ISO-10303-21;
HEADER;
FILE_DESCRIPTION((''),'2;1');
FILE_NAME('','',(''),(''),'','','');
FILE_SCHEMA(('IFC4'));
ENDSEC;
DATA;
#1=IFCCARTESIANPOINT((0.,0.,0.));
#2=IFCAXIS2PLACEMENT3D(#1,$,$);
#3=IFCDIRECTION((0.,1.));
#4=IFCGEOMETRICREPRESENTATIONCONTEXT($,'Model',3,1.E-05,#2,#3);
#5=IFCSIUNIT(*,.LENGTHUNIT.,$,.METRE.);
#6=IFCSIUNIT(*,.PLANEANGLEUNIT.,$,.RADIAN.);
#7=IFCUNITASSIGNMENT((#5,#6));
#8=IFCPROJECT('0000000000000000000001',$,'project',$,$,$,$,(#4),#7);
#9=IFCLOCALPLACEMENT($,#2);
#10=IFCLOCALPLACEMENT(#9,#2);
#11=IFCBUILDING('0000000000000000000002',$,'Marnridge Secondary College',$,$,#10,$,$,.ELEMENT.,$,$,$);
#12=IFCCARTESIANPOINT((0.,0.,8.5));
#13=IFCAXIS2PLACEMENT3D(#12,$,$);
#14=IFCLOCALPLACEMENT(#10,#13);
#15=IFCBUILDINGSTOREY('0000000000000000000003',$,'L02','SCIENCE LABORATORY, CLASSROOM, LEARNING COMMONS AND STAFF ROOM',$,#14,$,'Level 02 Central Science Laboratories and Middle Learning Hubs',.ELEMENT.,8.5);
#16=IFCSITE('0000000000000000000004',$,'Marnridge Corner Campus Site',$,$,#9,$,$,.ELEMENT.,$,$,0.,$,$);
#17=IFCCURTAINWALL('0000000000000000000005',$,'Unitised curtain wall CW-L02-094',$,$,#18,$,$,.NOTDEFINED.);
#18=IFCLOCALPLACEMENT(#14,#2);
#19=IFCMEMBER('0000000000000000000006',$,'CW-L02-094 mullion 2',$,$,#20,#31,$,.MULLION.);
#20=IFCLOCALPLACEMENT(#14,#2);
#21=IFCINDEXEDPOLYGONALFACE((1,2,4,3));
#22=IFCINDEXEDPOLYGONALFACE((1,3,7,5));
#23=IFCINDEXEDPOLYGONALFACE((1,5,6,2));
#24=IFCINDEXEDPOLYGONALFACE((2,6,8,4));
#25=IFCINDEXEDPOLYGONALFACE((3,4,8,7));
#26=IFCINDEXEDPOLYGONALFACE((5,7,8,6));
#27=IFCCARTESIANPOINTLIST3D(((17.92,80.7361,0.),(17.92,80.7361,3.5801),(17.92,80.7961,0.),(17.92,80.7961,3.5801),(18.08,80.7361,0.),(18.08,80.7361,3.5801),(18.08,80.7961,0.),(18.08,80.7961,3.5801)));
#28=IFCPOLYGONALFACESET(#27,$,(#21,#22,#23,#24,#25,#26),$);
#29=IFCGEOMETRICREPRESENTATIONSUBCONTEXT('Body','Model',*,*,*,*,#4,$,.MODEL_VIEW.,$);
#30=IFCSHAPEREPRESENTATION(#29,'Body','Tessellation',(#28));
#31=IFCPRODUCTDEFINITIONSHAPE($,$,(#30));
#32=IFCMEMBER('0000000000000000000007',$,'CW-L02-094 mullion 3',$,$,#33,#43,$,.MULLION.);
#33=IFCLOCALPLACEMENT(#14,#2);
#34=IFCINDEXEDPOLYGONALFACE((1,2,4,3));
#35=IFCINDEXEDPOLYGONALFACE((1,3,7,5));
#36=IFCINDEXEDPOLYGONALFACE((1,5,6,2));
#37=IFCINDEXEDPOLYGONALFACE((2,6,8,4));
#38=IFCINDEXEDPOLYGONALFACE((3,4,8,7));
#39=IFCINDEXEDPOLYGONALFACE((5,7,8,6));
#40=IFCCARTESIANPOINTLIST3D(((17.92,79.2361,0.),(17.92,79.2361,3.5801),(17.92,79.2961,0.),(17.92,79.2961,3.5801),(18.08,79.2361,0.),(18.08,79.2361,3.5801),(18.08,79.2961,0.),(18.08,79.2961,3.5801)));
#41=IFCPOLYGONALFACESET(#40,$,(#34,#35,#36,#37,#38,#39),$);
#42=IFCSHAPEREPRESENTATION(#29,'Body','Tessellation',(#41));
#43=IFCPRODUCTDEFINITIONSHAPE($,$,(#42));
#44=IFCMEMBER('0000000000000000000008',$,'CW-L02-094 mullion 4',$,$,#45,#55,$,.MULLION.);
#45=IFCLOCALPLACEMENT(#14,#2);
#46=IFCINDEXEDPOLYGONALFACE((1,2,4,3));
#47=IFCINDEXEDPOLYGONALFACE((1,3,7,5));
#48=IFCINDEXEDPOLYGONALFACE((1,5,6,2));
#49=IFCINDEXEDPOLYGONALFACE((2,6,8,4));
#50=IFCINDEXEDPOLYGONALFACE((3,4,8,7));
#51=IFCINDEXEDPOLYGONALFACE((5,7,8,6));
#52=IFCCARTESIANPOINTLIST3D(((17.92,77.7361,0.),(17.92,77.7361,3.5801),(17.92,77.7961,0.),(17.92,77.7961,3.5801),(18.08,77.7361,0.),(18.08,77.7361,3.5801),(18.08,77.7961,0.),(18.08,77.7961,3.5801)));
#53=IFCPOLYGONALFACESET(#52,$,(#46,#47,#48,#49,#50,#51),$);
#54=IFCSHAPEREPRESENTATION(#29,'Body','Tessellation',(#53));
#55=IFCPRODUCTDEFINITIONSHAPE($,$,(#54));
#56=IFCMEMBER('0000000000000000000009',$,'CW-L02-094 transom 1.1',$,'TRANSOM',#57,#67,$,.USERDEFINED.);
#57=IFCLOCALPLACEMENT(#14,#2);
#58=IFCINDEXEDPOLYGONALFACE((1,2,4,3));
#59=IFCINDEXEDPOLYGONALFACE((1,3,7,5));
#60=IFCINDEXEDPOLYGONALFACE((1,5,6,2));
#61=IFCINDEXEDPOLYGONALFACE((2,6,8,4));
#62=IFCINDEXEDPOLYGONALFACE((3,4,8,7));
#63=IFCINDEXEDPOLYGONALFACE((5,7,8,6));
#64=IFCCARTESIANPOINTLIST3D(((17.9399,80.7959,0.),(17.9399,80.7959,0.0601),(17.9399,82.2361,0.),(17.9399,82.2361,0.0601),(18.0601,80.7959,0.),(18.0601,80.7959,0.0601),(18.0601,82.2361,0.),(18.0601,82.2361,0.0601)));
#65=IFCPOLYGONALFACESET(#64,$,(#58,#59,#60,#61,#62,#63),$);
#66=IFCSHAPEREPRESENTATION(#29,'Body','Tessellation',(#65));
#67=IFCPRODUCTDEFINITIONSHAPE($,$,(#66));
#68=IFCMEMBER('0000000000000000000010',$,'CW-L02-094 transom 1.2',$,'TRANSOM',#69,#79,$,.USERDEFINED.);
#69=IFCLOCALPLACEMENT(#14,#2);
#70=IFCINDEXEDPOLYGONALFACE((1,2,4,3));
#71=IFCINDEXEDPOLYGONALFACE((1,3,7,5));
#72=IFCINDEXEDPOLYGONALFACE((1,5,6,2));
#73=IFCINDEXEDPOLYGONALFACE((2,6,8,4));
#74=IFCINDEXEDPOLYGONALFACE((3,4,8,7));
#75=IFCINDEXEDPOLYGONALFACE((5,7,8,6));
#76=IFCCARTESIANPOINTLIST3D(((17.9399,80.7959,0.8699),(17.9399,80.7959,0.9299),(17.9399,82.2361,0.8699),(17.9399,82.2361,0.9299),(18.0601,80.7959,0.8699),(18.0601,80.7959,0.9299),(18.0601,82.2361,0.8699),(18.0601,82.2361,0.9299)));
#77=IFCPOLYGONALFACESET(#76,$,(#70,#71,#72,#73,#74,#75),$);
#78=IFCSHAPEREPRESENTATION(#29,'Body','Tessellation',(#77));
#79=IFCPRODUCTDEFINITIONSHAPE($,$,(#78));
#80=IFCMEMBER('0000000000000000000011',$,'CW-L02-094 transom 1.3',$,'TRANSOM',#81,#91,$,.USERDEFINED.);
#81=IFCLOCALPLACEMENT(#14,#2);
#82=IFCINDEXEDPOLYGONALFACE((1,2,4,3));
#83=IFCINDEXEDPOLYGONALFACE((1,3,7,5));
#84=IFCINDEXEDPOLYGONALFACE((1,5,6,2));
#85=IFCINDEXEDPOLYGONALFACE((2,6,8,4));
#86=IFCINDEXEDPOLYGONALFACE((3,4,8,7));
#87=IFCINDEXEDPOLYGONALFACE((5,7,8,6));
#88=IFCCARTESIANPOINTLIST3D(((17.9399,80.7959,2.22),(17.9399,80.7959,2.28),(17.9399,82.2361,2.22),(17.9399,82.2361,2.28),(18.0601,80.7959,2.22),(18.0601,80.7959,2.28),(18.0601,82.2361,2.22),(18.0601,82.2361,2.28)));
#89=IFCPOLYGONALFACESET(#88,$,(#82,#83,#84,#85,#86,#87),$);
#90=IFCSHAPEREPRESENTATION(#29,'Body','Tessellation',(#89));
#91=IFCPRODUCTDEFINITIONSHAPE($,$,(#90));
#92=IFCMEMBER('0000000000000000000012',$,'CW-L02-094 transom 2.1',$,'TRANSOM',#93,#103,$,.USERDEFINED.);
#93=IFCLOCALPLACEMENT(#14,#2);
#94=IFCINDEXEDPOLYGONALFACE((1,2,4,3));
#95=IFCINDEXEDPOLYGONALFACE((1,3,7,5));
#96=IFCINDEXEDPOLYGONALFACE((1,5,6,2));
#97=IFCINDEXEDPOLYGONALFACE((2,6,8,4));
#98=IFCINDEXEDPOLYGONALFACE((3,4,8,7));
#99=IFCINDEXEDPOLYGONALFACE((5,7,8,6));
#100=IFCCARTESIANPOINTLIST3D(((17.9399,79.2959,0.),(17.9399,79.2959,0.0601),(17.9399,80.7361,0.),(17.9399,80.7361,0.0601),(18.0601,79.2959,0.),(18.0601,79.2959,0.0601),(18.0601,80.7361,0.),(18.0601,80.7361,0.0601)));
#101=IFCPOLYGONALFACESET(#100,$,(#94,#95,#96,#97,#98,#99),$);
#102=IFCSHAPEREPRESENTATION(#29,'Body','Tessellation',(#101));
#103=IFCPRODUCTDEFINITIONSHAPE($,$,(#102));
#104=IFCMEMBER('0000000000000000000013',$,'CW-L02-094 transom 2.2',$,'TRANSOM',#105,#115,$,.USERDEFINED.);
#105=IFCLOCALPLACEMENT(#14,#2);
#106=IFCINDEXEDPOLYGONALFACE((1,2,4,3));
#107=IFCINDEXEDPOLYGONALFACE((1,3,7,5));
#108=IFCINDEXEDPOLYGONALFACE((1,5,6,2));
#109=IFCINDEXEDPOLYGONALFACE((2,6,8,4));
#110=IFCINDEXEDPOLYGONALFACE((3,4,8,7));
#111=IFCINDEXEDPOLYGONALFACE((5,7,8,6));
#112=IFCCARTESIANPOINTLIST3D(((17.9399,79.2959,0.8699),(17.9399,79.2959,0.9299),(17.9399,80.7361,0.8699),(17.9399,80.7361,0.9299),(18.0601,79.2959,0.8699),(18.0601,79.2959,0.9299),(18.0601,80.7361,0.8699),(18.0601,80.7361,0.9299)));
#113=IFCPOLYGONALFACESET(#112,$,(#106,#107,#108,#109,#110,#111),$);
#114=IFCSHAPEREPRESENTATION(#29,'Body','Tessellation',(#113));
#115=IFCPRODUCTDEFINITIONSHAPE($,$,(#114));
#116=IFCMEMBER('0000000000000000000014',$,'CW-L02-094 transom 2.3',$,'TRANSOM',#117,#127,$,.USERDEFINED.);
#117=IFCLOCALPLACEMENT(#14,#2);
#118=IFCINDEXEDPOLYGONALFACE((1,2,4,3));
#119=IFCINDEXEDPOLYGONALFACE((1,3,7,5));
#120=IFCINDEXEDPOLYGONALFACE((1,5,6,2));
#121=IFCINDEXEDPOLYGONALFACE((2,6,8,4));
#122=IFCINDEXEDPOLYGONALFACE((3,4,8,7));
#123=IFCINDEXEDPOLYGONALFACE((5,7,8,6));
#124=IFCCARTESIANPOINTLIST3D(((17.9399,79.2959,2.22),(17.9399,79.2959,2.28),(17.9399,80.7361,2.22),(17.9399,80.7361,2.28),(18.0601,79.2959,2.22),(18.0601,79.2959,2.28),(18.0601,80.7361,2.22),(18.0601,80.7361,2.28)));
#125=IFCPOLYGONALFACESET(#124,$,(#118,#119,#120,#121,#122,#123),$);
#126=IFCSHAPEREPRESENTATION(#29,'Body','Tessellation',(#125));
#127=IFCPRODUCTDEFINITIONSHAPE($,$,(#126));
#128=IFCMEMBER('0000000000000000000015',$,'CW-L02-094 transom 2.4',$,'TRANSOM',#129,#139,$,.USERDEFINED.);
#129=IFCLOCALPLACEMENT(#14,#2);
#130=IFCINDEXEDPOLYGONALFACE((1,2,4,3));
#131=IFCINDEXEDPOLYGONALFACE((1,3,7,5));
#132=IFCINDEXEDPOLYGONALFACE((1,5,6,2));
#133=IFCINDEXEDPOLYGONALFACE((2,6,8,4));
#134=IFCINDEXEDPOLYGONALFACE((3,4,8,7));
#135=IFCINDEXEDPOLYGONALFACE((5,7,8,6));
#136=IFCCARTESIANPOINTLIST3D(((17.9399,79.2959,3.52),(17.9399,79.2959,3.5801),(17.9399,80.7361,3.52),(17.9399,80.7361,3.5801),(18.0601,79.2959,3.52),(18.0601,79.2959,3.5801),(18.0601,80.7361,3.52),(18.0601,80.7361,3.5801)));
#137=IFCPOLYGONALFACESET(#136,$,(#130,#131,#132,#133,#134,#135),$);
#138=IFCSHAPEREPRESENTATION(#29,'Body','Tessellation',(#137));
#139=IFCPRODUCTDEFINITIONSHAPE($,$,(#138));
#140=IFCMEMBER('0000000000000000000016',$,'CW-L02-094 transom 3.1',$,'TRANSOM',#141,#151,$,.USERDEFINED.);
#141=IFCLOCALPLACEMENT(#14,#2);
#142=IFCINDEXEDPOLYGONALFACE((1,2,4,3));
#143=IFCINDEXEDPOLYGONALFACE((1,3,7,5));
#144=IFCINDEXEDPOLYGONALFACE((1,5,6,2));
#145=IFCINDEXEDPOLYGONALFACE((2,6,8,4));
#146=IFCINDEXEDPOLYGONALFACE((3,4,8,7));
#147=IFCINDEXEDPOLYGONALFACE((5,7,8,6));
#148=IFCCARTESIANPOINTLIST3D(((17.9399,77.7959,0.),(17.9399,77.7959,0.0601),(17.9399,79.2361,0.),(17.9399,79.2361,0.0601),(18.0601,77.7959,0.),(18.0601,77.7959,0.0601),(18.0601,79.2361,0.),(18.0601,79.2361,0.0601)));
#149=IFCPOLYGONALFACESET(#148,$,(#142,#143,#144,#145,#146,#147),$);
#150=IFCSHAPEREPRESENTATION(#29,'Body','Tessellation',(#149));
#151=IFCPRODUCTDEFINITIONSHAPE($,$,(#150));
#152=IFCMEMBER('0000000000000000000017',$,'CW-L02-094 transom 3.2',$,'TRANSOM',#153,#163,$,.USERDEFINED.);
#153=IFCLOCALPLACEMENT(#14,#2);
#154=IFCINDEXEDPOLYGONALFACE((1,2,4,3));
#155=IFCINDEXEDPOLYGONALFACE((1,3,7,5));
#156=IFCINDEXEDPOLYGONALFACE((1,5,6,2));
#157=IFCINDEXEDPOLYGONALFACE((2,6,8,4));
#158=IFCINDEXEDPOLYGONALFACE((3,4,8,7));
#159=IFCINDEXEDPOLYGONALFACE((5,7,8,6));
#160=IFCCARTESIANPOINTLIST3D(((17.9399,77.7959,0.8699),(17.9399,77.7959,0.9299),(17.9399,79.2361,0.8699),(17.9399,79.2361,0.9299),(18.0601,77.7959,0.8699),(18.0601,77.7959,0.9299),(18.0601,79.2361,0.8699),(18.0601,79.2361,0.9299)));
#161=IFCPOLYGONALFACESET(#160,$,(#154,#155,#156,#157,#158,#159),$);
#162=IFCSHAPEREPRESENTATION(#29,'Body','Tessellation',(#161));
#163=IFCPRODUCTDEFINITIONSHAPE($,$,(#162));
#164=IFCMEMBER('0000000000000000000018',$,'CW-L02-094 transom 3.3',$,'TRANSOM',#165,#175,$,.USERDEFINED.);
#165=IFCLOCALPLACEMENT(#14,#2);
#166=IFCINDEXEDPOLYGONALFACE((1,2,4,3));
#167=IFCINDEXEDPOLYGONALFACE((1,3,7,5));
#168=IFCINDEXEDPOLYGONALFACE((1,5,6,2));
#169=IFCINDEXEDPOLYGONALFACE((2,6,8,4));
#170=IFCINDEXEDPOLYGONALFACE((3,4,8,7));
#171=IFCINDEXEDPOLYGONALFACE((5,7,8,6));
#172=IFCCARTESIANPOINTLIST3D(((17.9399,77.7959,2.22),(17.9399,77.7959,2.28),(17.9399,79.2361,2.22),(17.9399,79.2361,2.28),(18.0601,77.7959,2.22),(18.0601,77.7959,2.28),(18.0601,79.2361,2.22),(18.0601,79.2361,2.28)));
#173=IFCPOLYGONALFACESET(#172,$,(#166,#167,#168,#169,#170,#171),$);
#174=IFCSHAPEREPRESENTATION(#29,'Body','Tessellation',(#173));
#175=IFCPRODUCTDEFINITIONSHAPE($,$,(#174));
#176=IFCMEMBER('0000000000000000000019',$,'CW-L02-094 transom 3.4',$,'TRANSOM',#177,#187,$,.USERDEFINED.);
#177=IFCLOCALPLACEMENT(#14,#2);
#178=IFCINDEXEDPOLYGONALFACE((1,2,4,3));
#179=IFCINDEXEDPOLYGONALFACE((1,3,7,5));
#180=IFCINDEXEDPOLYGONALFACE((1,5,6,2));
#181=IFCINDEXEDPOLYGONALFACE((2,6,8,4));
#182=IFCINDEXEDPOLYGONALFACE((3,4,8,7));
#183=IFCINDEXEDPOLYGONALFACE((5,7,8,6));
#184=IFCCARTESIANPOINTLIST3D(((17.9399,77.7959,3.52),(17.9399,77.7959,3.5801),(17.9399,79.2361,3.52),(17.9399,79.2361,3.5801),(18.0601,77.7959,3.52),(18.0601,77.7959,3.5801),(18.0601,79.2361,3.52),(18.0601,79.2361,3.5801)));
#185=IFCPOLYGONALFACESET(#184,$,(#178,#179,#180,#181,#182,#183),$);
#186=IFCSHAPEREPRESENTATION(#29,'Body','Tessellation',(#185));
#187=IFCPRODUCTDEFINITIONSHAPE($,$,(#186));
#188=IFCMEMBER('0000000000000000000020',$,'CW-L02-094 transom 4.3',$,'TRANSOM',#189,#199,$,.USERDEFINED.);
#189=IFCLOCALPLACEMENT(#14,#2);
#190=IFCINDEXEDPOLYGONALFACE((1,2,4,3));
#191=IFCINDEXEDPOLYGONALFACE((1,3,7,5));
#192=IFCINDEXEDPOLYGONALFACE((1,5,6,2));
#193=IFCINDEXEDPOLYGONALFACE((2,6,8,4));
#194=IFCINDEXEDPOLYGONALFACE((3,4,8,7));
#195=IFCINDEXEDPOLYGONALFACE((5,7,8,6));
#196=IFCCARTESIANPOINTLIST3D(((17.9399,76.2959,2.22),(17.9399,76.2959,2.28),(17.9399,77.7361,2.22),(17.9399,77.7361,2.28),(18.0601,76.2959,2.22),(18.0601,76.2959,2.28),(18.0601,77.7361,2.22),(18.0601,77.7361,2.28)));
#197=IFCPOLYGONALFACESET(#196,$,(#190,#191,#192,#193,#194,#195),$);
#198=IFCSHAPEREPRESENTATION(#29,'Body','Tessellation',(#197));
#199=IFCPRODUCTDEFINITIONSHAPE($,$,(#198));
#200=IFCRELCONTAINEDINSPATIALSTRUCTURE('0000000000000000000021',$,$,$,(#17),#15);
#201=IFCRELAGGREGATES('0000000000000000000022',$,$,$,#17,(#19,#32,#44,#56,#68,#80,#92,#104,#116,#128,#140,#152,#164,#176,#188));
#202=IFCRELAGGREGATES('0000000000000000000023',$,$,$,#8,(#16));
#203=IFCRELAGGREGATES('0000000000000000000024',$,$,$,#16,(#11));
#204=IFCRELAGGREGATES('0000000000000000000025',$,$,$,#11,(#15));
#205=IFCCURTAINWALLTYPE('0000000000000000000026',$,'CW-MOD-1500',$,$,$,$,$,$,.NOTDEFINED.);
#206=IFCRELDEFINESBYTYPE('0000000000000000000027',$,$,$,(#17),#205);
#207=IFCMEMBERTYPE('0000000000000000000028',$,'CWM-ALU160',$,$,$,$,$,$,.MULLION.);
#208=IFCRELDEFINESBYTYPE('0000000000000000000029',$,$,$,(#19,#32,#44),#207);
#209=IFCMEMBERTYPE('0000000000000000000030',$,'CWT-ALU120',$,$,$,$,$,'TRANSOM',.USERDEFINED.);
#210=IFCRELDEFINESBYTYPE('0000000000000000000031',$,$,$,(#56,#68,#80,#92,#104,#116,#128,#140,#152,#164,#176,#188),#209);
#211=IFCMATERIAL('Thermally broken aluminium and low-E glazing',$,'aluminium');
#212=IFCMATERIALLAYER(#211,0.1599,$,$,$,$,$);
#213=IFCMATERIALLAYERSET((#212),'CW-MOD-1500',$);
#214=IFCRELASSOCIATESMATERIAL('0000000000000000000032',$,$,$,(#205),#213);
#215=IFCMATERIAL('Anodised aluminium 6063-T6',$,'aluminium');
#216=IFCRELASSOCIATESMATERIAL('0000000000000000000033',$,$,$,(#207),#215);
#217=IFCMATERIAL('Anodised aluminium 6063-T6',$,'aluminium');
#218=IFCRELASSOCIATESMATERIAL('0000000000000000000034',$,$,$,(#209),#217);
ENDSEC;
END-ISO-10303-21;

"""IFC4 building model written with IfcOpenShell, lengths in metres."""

from ifc_helpers import new_model, si_unit, direction, frame, origin, origin_2d, place, context, subcontext, project, spatial, rectangle, extrude, material, layer, layer_set, material_profile, profile_set, type_object, element, aggregate, save


model = new_model("IFC4")

# Units and contexts
model_context = context("Model", 3, precision=1e-05, world=origin(), true_north=direction((0.0, 1.0)))
body_context = subcontext(model_context, "Body", "Model", "MODEL_VIEW")
ifc_project = project(units=[si_unit("LENGTHUNIT", "METRE"), si_unit("PLANEANGLEUNIT", "RADIAN")], contexts=[model_context])

# Site, building, storey
site_placement = place(None, origin())
site = spatial("IfcSite", under=ifc_project, at=site_placement, Name="Marnridge Corner Campus Site", CompositionType="ELEMENT", RefElevation=0.0)
building_placement = place(site_placement, origin())
building = spatial("IfcBuilding", under=site, at=building_placement, Name="Marnridge Secondary College", CompositionType="ELEMENT")
storey_placement = place(building_placement, frame((0.0, 0.0, 8.5)))
storey = spatial("IfcBuildingStorey", under=building, at=storey_placement, Name="L02", Description="SCIENCE LABORATORY, CLASSROOM, LEARNING COMMONS AND STAFF ROOM", LongName="Level 02 Central Science Laboratories and Middle Learning Hubs", CompositionType="ELEMENT", Elevation=8.5)

# Curtain wall, members
ifc_material_1 = material(Name="Thermally broken aluminium and low-E glazing", Category="aluminium")
ifc_layer_1 = layer(ifc_material_1, 0.1599)
ifc_layer_set_1 = layer_set([ifc_layer_1], Name="CW-MOD-1500")
curtain_wall_type = type_object("IfcCurtainWallType", Name="CW-MOD-1500", PredefinedType="NOTDEFINED", material=ifc_layer_set_1)
curtain_wall_placement = place(storey_placement, origin())
curtain_wall = element("IfcCurtainWall", 1, at=curtain_wall_placement, inside=storey, type_object=curtain_wall_type, Name="Unitised curtain wall CW-L02-094", PredefinedType="NOTDEFINED")
ifc_material_2 = material(Name="Anodised aluminium 6063-T6", Category="aluminium")
ifc_material_profile_1 = material_profile(ifc_material_2, rectangle(XDim=0.0601, YDim=0.1599, at=origin_2d()), Name="ALU 60x160")
ifc_profile_set_1 = profile_set([ifc_material_profile_1], Name="Anodised aluminium 6063-T6")
member_type_1 = type_object("IfcMemberType", Name="CWM-ALU160", PredefinedType="MULLION", material=ifc_profile_set_1)
member_1_placement = place(storey_placement, frame((18.0, 80.7661, 0.0), z_axis=(0.0, 0.0, 1.0), x_axis=(0.0, -1.0, 0.0)))
member_1 = element("IfcMember", 2, at=member_1_placement, type_object=member_type_1, Name="CW-L02-094 mullion 2", PredefinedType="MULLION", context=body_context, shape_type="SweptSolid", body=[
    extrude(rectangle(XDim=0.0601, YDim=0.1599, at=origin_2d()), origin(), (0.0, 0.0, 1.0), 3.5801),
])
member_2_placement = place(storey_placement, frame((18.0, 79.2661, 0.0), z_axis=(0.0, 0.0, 1.0), x_axis=(0.0, -1.0, 0.0)))
member_2 = element("IfcMember", 3, at=member_2_placement, type_object=member_type_1, Name="CW-L02-094 mullion 3", PredefinedType="MULLION", context=body_context, shape_type="SweptSolid", body=[
    extrude(rectangle(XDim=0.0601, YDim=0.1599, at=origin_2d()), origin(), (0.0, 0.0, 1.0), 3.5801),
])
member_3_placement = place(storey_placement, frame((18.0, 77.7661, 0.0), z_axis=(0.0, 0.0, 1.0), x_axis=(0.0, -1.0, 0.0)))
member_3 = element("IfcMember", 4, at=member_3_placement, type_object=member_type_1, Name="CW-L02-094 mullion 4", PredefinedType="MULLION", context=body_context, shape_type="SweptSolid", body=[
    extrude(rectangle(XDim=0.0601, YDim=0.1599, at=origin_2d()), origin(), (0.0, 0.0, 1.0), 3.5801),
])
ifc_material_3 = material(Name="Anodised aluminium 6063-T6", Category="aluminium")
ifc_material_profile_2 = material_profile(ifc_material_3, rectangle(XDim=0.0601, YDim=0.1201, at=origin_2d()), Name="ALU 60x120")
ifc_profile_set_2 = profile_set([ifc_material_profile_2], Name="Anodised aluminium 6063-T6")
member_type_2 = type_object("IfcMemberType", Name="CWT-ALU120", ElementType="TRANSOM", PredefinedType="USERDEFINED", material=ifc_profile_set_2)
member_4_placement = place(storey_placement, frame((18.0, 82.2361, 0.03), z_axis=(0.0, -1.0, 0.0), x_axis=(0.0, 0.0, 1.0)))
member_4 = element("IfcMember", 5, at=member_4_placement, type_object=member_type_2, Name="CW-L02-094 transom 1.1", ObjectType="TRANSOM", PredefinedType="USERDEFINED", context=body_context, shape_type="SweptSolid", body=[
    extrude(rectangle(XDim=0.0601, YDim=0.1201, at=origin_2d()), origin(), (0.0, 0.0, 1.0), 1.4402),
])
member_5_placement = place(storey_placement, frame((18.0, 82.2361, 0.8999), z_axis=(0.0, -1.0, 0.0), x_axis=(0.0, 0.0, 1.0)))
member_5 = element("IfcMember", 6, at=member_5_placement, type_object=member_type_2, Name="CW-L02-094 transom 1.2", ObjectType="TRANSOM", PredefinedType="USERDEFINED", context=body_context, shape_type="SweptSolid", body=[
    extrude(rectangle(XDim=0.0601, YDim=0.1201, at=origin_2d()), origin(), (0.0, 0.0, 1.0), 1.4402),
])
member_6_placement = place(storey_placement, frame((18.0, 82.2361, 2.25), z_axis=(0.0, -1.0, 0.0), x_axis=(0.0, 0.0, 1.0)))
member_6 = element("IfcMember", 7, at=member_6_placement, type_object=member_type_2, Name="CW-L02-094 transom 1.3", ObjectType="TRANSOM", PredefinedType="USERDEFINED", context=body_context, shape_type="SweptSolid", body=[
    extrude(rectangle(XDim=0.0601, YDim=0.1201, at=origin_2d()), origin(), (0.0, 0.0, 1.0), 1.4402),
])
member_7_placement = place(storey_placement, frame((18.0, 80.7361, 0.03), z_axis=(0.0, -1.0, 0.0), x_axis=(0.0, 0.0, 1.0)))
member_7 = element("IfcMember", 8, at=member_7_placement, type_object=member_type_2, Name="CW-L02-094 transom 2.1", ObjectType="TRANSOM", PredefinedType="USERDEFINED", context=body_context, shape_type="SweptSolid", body=[
    extrude(rectangle(XDim=0.0601, YDim=0.1201, at=origin_2d()), origin(), (0.0, 0.0, 1.0), 1.4402),
])
member_8_placement = place(storey_placement, frame((18.0, 80.7361, 0.8999), z_axis=(0.0, -1.0, 0.0), x_axis=(0.0, 0.0, 1.0)))
member_8 = element("IfcMember", 9, at=member_8_placement, type_object=member_type_2, Name="CW-L02-094 transom 2.2", ObjectType="TRANSOM", PredefinedType="USERDEFINED", context=body_context, shape_type="SweptSolid", body=[
    extrude(rectangle(XDim=0.0601, YDim=0.1201, at=origin_2d()), origin(), (0.0, 0.0, 1.0), 1.4402),
])
member_9_placement = place(storey_placement, frame((18.0, 80.7361, 2.25), z_axis=(0.0, -1.0, 0.0), x_axis=(0.0, 0.0, 1.0)))
member_9 = element("IfcMember", 10, at=member_9_placement, type_object=member_type_2, Name="CW-L02-094 transom 2.3", ObjectType="TRANSOM", PredefinedType="USERDEFINED", context=body_context, shape_type="SweptSolid", body=[
    extrude(rectangle(XDim=0.0601, YDim=0.1201, at=origin_2d()), origin(), (0.0, 0.0, 1.0), 1.4402),
])
member_10_placement = place(storey_placement, frame((18.0, 80.7361, 3.55), z_axis=(0.0, -1.0, 0.0), x_axis=(0.0, 0.0, 1.0)))
member_10 = element("IfcMember", 11, at=member_10_placement, type_object=member_type_2, Name="CW-L02-094 transom 2.4", ObjectType="TRANSOM", PredefinedType="USERDEFINED", context=body_context, shape_type="SweptSolid", body=[
    extrude(rectangle(XDim=0.0601, YDim=0.1201, at=origin_2d()), origin(), (0.0, 0.0, 1.0), 1.4402),
])
member_11_placement = place(storey_placement, frame((18.0, 79.2361, 0.03), z_axis=(0.0, -1.0, 0.0), x_axis=(0.0, 0.0, 1.0)))
member_11 = element("IfcMember", 12, at=member_11_placement, type_object=member_type_2, Name="CW-L02-094 transom 3.1", ObjectType="TRANSOM", PredefinedType="USERDEFINED", context=body_context, shape_type="SweptSolid", body=[
    extrude(rectangle(XDim=0.0601, YDim=0.1201, at=origin_2d()), origin(), (0.0, 0.0, 1.0), 1.4402),
])
member_12_placement = place(storey_placement, frame((18.0, 79.2361, 0.8999), z_axis=(0.0, -1.0, 0.0), x_axis=(0.0, 0.0, 1.0)))
member_12 = element("IfcMember", 13, at=member_12_placement, type_object=member_type_2, Name="CW-L02-094 transom 3.2", ObjectType="TRANSOM", PredefinedType="USERDEFINED", context=body_context, shape_type="SweptSolid", body=[
    extrude(rectangle(XDim=0.0601, YDim=0.1201, at=origin_2d()), origin(), (0.0, 0.0, 1.0), 1.4402),
])
member_13_placement = place(storey_placement, frame((18.0, 79.2361, 2.25), z_axis=(0.0, -1.0, 0.0), x_axis=(0.0, 0.0, 1.0)))
member_13 = element("IfcMember", 14, at=member_13_placement, type_object=member_type_2, Name="CW-L02-094 transom 3.3", ObjectType="TRANSOM", PredefinedType="USERDEFINED", context=body_context, shape_type="SweptSolid", body=[
    extrude(rectangle(XDim=0.0601, YDim=0.1201, at=origin_2d()), origin(), (0.0, 0.0, 1.0), 1.4402),
])
member_14_placement = place(storey_placement, frame((18.0, 79.2361, 3.55), z_axis=(0.0, -1.0, 0.0), x_axis=(0.0, 0.0, 1.0)))
member_14 = element("IfcMember", 15, at=member_14_placement, type_object=member_type_2, Name="CW-L02-094 transom 3.4", ObjectType="TRANSOM", PredefinedType="USERDEFINED", context=body_context, shape_type="SweptSolid", body=[
    extrude(rectangle(XDim=0.0601, YDim=0.1201, at=origin_2d()), origin(), (0.0, 0.0, 1.0), 1.4402),
])
member_15_placement = place(storey_placement, frame((18.0, 77.7361, 2.25), z_axis=(0.0, -1.0, 0.0), x_axis=(0.0, 0.0, 1.0)))
member_15 = element("IfcMember", 16, at=member_15_placement, type_object=member_type_2, Name="CW-L02-094 transom 4.3", ObjectType="TRANSOM", PredefinedType="USERDEFINED", context=body_context, shape_type="SweptSolid", body=[
    extrude(rectangle(XDim=0.0601, YDim=0.1201, at=origin_2d()), origin(), (0.0, 0.0, 1.0), 1.4402),
])
aggregate(curtain_wall, [member_1, member_2, member_3, member_4, member_5, member_6, member_7, member_8, member_9, member_10, member_11, member_12, member_13, member_14, member_15])

save(model, "model.ifc")
